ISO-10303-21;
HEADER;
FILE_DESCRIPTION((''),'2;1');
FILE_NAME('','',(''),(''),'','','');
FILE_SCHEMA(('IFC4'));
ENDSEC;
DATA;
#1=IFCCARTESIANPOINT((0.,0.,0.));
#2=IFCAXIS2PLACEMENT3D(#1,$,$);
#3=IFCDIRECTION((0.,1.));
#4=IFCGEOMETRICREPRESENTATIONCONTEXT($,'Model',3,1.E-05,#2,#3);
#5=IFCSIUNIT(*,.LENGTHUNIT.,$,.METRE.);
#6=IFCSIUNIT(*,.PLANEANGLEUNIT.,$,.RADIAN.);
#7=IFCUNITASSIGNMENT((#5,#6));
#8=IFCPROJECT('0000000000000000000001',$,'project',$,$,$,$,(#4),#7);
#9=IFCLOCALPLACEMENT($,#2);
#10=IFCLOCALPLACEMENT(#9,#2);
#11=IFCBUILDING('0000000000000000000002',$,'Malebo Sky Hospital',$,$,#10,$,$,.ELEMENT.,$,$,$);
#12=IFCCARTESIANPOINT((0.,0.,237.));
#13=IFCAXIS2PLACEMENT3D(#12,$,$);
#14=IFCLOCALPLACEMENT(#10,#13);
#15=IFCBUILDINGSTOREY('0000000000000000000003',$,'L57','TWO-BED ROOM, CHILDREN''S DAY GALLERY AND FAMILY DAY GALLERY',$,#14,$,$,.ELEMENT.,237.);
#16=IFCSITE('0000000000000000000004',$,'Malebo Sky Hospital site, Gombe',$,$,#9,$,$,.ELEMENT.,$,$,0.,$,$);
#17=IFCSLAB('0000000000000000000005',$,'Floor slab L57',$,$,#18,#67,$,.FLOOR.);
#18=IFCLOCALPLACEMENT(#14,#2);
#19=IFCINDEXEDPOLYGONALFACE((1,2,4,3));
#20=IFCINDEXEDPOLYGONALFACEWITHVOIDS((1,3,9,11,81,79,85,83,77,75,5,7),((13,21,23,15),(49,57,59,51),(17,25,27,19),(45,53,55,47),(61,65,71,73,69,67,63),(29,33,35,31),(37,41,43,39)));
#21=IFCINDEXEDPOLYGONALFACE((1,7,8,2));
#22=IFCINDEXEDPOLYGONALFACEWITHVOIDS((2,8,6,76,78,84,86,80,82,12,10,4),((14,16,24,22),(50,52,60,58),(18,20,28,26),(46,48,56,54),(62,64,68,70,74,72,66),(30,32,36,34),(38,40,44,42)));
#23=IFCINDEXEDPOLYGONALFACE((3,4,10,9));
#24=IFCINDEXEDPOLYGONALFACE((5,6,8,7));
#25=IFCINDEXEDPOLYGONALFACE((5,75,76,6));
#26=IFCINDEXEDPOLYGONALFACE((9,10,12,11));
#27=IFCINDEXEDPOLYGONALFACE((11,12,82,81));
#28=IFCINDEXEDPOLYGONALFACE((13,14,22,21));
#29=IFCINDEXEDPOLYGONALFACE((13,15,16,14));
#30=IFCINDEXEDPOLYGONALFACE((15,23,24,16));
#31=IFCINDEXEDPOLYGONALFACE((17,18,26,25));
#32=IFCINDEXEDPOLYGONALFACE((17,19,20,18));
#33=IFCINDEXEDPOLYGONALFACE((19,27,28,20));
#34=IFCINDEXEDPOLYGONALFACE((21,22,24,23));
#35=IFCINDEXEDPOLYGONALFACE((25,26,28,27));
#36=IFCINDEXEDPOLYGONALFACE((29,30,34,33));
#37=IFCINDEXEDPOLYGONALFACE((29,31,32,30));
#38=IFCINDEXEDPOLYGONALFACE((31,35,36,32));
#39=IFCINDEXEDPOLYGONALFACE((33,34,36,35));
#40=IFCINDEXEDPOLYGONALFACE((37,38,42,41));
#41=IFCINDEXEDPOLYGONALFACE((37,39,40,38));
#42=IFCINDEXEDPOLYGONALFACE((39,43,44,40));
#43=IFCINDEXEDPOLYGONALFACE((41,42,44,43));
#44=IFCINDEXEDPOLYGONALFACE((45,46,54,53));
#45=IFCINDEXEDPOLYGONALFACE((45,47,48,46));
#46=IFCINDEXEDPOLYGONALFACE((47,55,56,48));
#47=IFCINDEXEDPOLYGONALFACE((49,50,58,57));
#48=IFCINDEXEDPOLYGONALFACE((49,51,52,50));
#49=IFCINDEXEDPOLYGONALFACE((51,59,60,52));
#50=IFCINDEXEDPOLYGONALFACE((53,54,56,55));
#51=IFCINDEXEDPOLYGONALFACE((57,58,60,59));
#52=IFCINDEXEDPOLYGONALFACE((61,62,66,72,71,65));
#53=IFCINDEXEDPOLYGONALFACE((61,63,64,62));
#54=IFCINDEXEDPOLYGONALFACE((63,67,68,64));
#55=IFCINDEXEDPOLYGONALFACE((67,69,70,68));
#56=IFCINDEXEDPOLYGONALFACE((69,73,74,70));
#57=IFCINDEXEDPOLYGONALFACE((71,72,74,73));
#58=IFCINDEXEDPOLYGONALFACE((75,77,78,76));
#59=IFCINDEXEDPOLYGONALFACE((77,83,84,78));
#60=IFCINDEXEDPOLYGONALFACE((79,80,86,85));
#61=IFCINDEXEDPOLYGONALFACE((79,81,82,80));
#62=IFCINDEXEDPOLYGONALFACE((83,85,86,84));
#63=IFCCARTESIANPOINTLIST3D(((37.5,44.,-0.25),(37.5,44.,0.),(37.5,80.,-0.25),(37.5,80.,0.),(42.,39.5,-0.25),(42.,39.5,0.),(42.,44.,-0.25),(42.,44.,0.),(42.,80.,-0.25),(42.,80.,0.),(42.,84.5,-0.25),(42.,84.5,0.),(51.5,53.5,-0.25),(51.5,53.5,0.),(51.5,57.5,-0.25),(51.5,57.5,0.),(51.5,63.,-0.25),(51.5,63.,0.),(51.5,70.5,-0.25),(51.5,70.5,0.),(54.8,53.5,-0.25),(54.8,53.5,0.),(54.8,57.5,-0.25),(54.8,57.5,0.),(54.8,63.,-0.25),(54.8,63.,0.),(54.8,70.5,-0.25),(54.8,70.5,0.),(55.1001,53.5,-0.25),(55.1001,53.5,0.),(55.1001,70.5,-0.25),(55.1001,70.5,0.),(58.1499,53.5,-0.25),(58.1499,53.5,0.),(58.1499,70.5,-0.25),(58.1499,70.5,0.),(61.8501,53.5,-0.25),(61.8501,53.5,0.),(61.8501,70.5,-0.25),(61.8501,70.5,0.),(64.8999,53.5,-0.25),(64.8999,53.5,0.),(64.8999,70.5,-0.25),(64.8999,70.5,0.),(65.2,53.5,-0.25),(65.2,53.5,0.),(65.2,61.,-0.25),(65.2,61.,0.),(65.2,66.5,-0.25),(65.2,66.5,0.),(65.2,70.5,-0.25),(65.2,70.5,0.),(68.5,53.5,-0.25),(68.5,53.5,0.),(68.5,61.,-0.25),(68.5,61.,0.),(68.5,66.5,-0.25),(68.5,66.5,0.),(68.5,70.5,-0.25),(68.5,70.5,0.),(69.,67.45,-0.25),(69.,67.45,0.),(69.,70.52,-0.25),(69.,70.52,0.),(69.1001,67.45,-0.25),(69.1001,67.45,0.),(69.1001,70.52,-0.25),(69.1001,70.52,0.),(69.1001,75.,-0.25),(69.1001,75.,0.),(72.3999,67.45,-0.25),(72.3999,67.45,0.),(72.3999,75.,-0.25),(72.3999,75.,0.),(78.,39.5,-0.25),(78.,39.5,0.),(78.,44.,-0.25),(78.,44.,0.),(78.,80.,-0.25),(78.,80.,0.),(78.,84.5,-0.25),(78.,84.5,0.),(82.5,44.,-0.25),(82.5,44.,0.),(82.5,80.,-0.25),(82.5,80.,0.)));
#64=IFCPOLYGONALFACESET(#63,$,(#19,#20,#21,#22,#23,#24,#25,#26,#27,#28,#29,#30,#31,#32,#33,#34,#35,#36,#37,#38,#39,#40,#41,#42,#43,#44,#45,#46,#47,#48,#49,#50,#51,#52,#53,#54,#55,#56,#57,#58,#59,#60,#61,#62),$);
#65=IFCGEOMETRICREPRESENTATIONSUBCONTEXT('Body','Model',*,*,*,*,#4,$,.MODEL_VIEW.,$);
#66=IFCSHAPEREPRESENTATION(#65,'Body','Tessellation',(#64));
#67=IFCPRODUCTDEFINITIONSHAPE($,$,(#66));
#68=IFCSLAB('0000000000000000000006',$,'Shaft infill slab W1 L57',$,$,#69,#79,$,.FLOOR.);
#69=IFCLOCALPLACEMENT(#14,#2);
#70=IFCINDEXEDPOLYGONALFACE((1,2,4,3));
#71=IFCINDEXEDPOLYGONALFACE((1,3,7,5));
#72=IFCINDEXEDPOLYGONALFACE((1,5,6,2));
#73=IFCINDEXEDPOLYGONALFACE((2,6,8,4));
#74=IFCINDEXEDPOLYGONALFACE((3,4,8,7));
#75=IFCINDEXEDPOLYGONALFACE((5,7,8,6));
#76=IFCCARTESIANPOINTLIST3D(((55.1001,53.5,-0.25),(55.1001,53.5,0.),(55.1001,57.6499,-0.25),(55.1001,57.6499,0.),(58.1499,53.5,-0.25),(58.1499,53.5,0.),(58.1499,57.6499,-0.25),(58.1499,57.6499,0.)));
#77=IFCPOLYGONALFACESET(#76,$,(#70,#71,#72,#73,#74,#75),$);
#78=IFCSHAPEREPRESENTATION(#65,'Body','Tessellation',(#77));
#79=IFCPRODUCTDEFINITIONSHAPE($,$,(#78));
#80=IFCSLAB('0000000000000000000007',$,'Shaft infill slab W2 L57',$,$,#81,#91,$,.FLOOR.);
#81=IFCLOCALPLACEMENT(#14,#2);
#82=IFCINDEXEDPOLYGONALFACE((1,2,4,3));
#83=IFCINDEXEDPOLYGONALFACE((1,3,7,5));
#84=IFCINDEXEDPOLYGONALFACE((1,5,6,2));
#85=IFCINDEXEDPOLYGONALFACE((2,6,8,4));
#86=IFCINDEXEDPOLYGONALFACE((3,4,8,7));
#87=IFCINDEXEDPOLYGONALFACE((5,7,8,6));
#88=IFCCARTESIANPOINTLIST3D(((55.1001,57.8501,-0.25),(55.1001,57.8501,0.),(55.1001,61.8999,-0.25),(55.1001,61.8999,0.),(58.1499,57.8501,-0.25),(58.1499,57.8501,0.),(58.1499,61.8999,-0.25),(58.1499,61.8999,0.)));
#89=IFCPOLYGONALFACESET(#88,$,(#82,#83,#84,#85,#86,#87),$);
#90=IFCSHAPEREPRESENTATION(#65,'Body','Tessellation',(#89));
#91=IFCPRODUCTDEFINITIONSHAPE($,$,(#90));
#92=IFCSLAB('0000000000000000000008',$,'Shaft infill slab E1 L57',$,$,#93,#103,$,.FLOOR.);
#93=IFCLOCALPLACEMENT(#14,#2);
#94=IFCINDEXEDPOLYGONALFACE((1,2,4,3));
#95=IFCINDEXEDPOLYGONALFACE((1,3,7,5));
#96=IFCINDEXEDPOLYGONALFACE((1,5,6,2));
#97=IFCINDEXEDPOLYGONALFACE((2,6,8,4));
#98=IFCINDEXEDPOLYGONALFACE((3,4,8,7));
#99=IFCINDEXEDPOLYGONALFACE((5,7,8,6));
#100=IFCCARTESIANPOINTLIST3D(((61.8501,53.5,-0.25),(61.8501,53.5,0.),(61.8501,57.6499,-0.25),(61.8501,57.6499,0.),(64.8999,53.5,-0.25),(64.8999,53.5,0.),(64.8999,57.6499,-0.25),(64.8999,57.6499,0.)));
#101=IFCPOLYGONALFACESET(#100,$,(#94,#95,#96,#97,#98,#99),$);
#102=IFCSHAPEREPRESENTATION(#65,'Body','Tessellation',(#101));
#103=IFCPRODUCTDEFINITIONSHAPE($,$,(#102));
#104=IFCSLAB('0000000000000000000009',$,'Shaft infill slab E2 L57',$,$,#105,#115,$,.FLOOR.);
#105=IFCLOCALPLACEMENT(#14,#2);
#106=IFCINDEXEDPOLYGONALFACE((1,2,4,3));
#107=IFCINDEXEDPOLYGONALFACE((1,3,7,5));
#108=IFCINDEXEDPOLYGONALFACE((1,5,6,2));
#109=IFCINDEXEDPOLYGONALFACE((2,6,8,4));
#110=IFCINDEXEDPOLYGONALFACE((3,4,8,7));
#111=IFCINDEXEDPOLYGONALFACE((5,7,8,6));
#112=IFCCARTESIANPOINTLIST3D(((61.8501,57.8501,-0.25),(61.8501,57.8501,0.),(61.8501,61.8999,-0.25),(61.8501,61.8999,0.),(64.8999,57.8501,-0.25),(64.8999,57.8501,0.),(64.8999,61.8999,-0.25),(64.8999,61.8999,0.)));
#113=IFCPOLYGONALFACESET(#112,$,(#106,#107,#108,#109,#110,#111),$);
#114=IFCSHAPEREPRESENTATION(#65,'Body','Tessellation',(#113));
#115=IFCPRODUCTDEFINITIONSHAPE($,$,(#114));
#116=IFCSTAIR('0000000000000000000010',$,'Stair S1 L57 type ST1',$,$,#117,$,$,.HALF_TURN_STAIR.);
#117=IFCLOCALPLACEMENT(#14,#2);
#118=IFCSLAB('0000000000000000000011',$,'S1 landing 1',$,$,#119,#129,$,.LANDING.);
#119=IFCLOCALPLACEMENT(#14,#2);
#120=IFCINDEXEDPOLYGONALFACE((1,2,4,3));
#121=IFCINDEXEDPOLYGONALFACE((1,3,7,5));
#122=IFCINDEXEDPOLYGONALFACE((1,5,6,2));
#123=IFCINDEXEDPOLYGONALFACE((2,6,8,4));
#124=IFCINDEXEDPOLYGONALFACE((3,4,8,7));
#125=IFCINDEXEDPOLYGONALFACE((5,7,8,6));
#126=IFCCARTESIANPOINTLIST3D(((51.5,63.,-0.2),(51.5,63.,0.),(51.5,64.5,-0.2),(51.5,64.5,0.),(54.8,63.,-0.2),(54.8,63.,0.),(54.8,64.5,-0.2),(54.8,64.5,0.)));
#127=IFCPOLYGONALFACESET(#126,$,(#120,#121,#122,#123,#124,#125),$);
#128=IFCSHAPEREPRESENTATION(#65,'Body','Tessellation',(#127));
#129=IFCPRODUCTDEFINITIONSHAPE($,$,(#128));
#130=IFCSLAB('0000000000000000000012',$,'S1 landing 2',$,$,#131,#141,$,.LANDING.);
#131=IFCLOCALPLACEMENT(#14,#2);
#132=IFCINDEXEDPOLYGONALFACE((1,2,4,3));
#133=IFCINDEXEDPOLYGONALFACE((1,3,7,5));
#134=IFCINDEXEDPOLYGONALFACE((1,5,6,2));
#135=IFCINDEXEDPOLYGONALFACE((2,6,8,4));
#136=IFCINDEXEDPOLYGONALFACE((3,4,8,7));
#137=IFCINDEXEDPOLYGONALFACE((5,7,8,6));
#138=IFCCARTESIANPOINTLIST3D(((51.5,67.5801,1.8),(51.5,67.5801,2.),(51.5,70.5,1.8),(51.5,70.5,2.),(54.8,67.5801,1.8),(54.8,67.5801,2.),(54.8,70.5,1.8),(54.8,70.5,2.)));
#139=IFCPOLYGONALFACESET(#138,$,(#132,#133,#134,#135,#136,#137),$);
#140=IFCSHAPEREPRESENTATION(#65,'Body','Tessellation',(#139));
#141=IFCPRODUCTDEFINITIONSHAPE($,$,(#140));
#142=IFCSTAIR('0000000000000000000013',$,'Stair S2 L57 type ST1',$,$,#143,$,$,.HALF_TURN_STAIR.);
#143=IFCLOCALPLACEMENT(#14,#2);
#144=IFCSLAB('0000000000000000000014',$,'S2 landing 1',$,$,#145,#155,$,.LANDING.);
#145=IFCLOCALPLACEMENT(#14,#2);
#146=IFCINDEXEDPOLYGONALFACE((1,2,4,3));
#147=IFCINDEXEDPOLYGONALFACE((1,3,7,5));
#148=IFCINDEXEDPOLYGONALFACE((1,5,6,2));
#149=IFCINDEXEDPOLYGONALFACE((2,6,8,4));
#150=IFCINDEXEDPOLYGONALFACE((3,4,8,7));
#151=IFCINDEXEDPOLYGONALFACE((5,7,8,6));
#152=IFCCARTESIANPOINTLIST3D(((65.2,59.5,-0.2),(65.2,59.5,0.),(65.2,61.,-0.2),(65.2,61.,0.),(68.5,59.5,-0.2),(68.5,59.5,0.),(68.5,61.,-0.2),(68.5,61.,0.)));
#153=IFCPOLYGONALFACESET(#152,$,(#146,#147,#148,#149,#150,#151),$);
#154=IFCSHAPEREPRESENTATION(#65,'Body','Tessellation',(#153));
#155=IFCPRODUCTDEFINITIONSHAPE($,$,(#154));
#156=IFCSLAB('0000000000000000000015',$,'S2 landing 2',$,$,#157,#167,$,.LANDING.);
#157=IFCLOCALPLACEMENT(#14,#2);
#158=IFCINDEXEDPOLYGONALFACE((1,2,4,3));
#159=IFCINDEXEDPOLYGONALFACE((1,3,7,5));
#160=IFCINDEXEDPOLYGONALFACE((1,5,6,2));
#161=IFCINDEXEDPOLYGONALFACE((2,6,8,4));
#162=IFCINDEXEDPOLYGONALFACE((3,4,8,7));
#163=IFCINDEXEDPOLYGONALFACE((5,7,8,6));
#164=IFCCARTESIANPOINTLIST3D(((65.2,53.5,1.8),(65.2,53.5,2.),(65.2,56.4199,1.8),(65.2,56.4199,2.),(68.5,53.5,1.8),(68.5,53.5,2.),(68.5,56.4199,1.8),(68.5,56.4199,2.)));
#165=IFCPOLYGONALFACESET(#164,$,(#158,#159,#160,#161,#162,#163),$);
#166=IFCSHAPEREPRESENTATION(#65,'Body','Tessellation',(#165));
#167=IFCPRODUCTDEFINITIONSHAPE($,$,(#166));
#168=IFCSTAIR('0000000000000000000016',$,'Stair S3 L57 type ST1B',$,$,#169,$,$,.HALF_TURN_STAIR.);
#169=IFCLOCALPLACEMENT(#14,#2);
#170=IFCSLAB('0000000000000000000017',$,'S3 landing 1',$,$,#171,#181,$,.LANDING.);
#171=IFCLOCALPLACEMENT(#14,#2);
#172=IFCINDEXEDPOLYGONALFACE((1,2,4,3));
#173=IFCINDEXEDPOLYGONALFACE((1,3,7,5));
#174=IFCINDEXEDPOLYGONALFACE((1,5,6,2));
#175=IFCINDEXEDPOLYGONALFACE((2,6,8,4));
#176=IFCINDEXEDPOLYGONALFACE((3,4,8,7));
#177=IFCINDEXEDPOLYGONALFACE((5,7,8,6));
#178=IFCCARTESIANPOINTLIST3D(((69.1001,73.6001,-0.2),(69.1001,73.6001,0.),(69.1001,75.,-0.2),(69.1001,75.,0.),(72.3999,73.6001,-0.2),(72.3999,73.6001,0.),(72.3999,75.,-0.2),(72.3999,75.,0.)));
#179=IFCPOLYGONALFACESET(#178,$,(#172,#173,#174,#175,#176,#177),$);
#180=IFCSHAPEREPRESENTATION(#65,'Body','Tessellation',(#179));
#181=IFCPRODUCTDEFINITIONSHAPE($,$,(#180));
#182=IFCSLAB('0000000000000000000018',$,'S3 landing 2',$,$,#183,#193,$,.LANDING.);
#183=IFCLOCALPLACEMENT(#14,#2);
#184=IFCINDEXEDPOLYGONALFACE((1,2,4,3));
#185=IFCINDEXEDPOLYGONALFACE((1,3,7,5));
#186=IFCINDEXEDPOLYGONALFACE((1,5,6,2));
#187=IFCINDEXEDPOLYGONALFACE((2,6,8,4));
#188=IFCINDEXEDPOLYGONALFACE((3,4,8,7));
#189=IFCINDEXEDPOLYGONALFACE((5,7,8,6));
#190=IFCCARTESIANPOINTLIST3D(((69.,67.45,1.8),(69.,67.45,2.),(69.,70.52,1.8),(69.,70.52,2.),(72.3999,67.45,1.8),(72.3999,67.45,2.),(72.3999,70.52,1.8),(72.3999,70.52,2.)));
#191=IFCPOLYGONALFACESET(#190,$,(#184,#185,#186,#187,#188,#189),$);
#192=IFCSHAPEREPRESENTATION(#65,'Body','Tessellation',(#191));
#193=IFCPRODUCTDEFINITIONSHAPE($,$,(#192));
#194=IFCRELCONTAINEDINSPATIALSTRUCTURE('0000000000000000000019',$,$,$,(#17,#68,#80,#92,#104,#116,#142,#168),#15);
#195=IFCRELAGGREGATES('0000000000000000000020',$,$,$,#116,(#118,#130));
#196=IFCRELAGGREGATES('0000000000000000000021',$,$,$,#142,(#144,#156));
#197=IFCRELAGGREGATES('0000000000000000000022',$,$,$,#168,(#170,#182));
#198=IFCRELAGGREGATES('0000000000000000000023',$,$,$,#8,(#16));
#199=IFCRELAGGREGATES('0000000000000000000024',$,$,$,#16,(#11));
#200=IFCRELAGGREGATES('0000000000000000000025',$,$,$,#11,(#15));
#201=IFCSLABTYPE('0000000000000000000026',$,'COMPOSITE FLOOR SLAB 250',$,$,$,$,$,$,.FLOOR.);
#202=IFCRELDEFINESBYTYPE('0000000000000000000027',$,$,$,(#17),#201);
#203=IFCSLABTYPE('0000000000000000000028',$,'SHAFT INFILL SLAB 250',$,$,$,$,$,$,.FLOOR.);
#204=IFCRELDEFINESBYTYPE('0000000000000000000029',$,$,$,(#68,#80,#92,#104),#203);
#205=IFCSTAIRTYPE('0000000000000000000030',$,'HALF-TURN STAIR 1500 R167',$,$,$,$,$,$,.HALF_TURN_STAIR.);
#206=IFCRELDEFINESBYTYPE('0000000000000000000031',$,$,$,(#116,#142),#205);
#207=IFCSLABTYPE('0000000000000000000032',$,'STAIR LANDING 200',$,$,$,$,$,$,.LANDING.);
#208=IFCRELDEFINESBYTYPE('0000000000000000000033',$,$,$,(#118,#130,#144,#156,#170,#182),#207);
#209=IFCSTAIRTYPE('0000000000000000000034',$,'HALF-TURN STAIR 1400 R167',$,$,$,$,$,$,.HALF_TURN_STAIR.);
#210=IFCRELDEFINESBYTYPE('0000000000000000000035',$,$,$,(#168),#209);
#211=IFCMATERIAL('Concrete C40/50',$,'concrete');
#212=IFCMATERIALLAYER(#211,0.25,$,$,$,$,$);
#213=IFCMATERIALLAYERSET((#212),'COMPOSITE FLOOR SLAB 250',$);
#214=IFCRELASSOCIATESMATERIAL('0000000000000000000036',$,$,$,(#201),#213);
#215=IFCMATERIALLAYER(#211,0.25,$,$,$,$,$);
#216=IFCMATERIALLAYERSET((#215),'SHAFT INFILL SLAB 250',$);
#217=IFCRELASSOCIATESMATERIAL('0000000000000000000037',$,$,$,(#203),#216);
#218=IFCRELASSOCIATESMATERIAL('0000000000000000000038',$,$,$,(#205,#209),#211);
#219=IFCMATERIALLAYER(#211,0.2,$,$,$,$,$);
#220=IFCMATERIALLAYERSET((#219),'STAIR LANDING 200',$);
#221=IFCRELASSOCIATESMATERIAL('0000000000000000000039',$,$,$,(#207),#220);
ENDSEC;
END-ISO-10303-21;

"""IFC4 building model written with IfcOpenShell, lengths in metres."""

from ifc_helpers import new_model, si_unit, direction, frame, origin, place, context, subcontext, project, spatial, polyline, outline, extrude, material, layer, layer_set, type_object, element, aggregate, save


model = new_model("IFC4")

# Units and contexts
model_context = context("Model", 3, precision=1e-05, world=origin(), true_north=direction((0.0, 1.0)))
body_context = subcontext(model_context, "Body", "Model", "MODEL_VIEW")
ifc_project = project(units=[si_unit("LENGTHUNIT", "METRE"), si_unit("PLANEANGLEUNIT", "RADIAN")], contexts=[model_context])

# Site, building, storey
site_placement = place(None, origin())
site = spatial("IfcSite", under=ifc_project, at=site_placement, Name="Malebo Sky Hospital site, Gombe", CompositionType="ELEMENT", RefElevation=0.0)
building_placement = place(site_placement, origin())
building = spatial("IfcBuilding", under=site, at=building_placement, Name="Malebo Sky Hospital", CompositionType="ELEMENT")
storey_placement = place(building_placement, frame((0.0, 0.0, 237.0)))
storey = spatial("IfcBuildingStorey", under=building, at=storey_placement, Name="L57", Description="TWO-BED ROOM, CHILDREN'S DAY GALLERY AND FAMILY DAY GALLERY", CompositionType="ELEMENT", Elevation=237.0)

# Slabs
ifc_material_1 = material(Name="Concrete C40/50", Category="concrete")
ifc_layer_1 = layer(ifc_material_1, 0.25)
ifc_layer_set_1 = layer_set([ifc_layer_1], Name="COMPOSITE FLOOR SLAB 250")
slab_type_1 = type_object("IfcSlabType", Name="COMPOSITE FLOOR SLAB 250", PredefinedType="FLOOR", material=ifc_layer_set_1)
slab_1_placement = place(storey_placement, frame((0.0, 0.0, -0.25)))
element("IfcSlab", 1, at=slab_1_placement, inside=storey, type_object=slab_type_1, Name="Floor slab L57", PredefinedType="FLOOR", context=body_context, shape_type="SweptSolid", body=[
    extrude(outline(polyline([(42.0, 84.5), (42.0, 80.0), (37.5, 80.0), (37.5, 44.0), (42.0, 44.0), (42.0, 39.5), (78.0, 39.5), (78.0, 44.0), (82.5, 44.0), (82.5, 80.0), (78.0, 80.0), (78.0, 84.5), (42.0, 84.5)]), holes=[polyline([(55.1001, 70.5), (58.1499, 70.5), (58.1499, 53.5), (55.1001, 53.5), (55.1001, 70.5)]), polyline([(64.8999, 70.5), (64.8999, 53.5), (61.8501, 53.5), (61.8501, 70.5), (64.8999, 70.5)]), polyline([(54.8, 63.0), (51.5, 63.0), (51.5, 70.5), (54.8, 70.5), (54.8, 63.0)]), polyline([(51.5, 53.5), (51.5, 57.5), (54.8, 57.5), (54.8, 53.5), (51.5, 53.5)]), polyline([(65.2, 61.0), (68.5, 61.0), (68.5, 53.5), (65.2, 53.5), (65.2, 61.0)]), polyline([(68.5, 70.5), (68.5, 66.5), (65.2, 66.5), (65.2, 70.5), (68.5, 70.5)]), polyline([(69.0, 67.45), (69.0, 70.52), (69.1001, 70.52), (69.1001, 75.0), (72.3999, 75.0), (72.3999, 67.45), (69.1001, 67.45), (69.0, 67.45)])]), origin(), (0.0, 0.0, 1.0), 0.25),
])
ifc_layer_2 = layer(ifc_material_1, 0.25)
ifc_layer_set_2 = layer_set([ifc_layer_2], Name="SHAFT INFILL SLAB 250")
slab_type_2 = type_object("IfcSlabType", Name="SHAFT INFILL SLAB 250", PredefinedType="FLOOR", material=ifc_layer_set_2)
slab_2_placement = place(storey_placement, frame((0.0, 0.0, -0.25)))
element("IfcSlab", 2, at=slab_2_placement, inside=storey, type_object=slab_type_2, Name="Shaft infill slab W1 L57", PredefinedType="FLOOR", context=body_context, shape_type="SweptSolid", body=[
    extrude(outline(polyline([(55.1001, 53.5), (58.1499, 53.5), (58.1499, 57.6499), (55.1001, 57.6499), (55.1001, 53.5)])), origin(), (0.0, 0.0, 1.0), 0.25),
])
slab_3_placement = place(storey_placement, frame((0.0, 0.0, -0.25)))
element("IfcSlab", 3, at=slab_3_placement, inside=storey, type_object=slab_type_2, Name="Shaft infill slab W2 L57", PredefinedType="FLOOR", context=body_context, shape_type="SweptSolid", body=[
    extrude(outline(polyline([(55.1001, 57.8501), (58.1499, 57.8501), (58.1499, 61.8999), (55.1001, 61.8999), (55.1001, 57.8501)])), origin(), (0.0, 0.0, 1.0), 0.25),
])
slab_4_placement = place(storey_placement, frame((0.0, 0.0, -0.25)))
element("IfcSlab", 4, at=slab_4_placement, inside=storey, type_object=slab_type_2, Name="Shaft infill slab E1 L57", PredefinedType="FLOOR", context=body_context, shape_type="SweptSolid", body=[
    extrude(outline(polyline([(61.8501, 53.5), (64.8999, 53.5), (64.8999, 57.6499), (61.8501, 57.6499), (61.8501, 53.5)])), origin(), (0.0, 0.0, 1.0), 0.25),
])
slab_5_placement = place(storey_placement, frame((0.0, 0.0, -0.25)))
element("IfcSlab", 5, at=slab_5_placement, inside=storey, type_object=slab_type_2, Name="Shaft infill slab E2 L57", PredefinedType="FLOOR", context=body_context, shape_type="SweptSolid", body=[
    extrude(outline(polyline([(61.8501, 57.8501), (64.8999, 57.8501), (64.8999, 61.8999), (61.8501, 61.8999), (61.8501, 57.8501)])), origin(), (0.0, 0.0, 1.0), 0.25),
])

# Stairs, slabs
stair_type_1 = type_object("IfcStairType", Name="HALF-TURN STAIR 1500 R167", PredefinedType="HALF_TURN_STAIR", material=ifc_material_1)
stair_1_placement = place(storey_placement, origin())
stair_1 = element("IfcStair", 6, at=stair_1_placement, inside=storey, type_object=stair_type_1, Name="Stair S1 L57 type ST1", PredefinedType="HALF_TURN_STAIR")
ifc_layer_3 = layer(ifc_material_1, 0.2)
ifc_layer_set_3 = layer_set([ifc_layer_3], Name="STAIR LANDING 200")
slab_type_3 = type_object("IfcSlabType", Name="STAIR LANDING 200", PredefinedType="LANDING", material=ifc_layer_set_3)
slab_6_placement = place(storey_placement, frame((0.0, 0.0, -0.2)))
slab_6 = element("IfcSlab", 7, at=slab_6_placement, type_object=slab_type_3, Name="S1 landing 1", PredefinedType="LANDING", context=body_context, shape_type="SweptSolid", body=[
    extrude(outline(polyline([(51.5, 63.0), (54.8, 63.0), (54.8, 64.5), (51.5, 64.5), (51.5, 63.0)])), origin(), (0.0, 0.0, 1.0), 0.2),
])
slab_7_placement = place(storey_placement, frame((0.0, 0.0, 1.8)))
slab_7 = element("IfcSlab", 8, at=slab_7_placement, type_object=slab_type_3, Name="S1 landing 2", PredefinedType="LANDING", context=body_context, shape_type="SweptSolid", body=[
    extrude(outline(polyline([(51.5, 67.5801), (54.8, 67.5801), (54.8, 70.5), (51.5, 70.5), (51.5, 67.5801)])), origin(), (0.0, 0.0, 1.0), 0.2),
])
aggregate(stair_1, [slab_6, slab_7])
stair_2_placement = place(storey_placement, origin())
stair_2 = element("IfcStair", 9, at=stair_2_placement, inside=storey, type_object=stair_type_1, Name="Stair S2 L57 type ST1", PredefinedType="HALF_TURN_STAIR")
slab_8_placement = place(storey_placement, frame((0.0, 0.0, -0.2)))
slab_8 = element("IfcSlab", 10, at=slab_8_placement, type_object=slab_type_3, Name="S2 landing 1", PredefinedType="LANDING", context=body_context, shape_type="SweptSolid", body=[
    extrude(outline(polyline([(65.2, 59.5), (68.5, 59.5), (68.5, 61.0), (65.2, 61.0), (65.2, 59.5)])), origin(), (0.0, 0.0, 1.0), 0.2),
])
slab_9_placement = place(storey_placement, frame((0.0, 0.0, 1.8)))
slab_9 = element("IfcSlab", 11, at=slab_9_placement, type_object=slab_type_3, Name="S2 landing 2", PredefinedType="LANDING", context=body_context, shape_type="SweptSolid", body=[
    extrude(outline(polyline([(65.2, 53.5), (68.5, 53.5), (68.5, 56.4199), (65.2, 56.4199), (65.2, 53.5)])), origin(), (0.0, 0.0, 1.0), 0.2),
])
aggregate(stair_2, [slab_8, slab_9])
stair_type_2 = type_object("IfcStairType", Name="HALF-TURN STAIR 1400 R167", PredefinedType="HALF_TURN_STAIR", material=ifc_material_1)
stair_3_placement = place(storey_placement, origin())
stair_3 = element("IfcStair", 12, at=stair_3_placement, inside=storey, type_object=stair_type_2, Name="Stair S3 L57 type ST1B", PredefinedType="HALF_TURN_STAIR")
slab_10_placement = place(storey_placement, frame((0.0, 0.0, -0.2)))
slab_10 = element("IfcSlab", 13, at=slab_10_placement, type_object=slab_type_3, Name="S3 landing 1", PredefinedType="LANDING", context=body_context, shape_type="SweptSolid", body=[
    extrude(outline(polyline([(69.1001, 73.6001), (72.3999, 73.6001), (72.3999, 75.0), (69.1001, 75.0), (69.1001, 73.6001)])), origin(), (0.0, 0.0, 1.0), 0.2),
])
slab_11_placement = place(storey_placement, frame((0.0, 0.0, 1.8)))
slab_11 = element("IfcSlab", 14, at=slab_11_placement, type_object=slab_type_3, Name="S3 landing 2", PredefinedType="LANDING", context=body_context, shape_type="SweptSolid", body=[
    extrude(outline(polyline([(69.0, 67.45), (72.3999, 67.45), (72.3999, 70.52), (69.0, 70.52), (69.0, 67.45)])), origin(), (0.0, 0.0, 1.0), 0.2),
])
aggregate(stair_3, [slab_10, slab_11])

save(model, "model.ifc")
